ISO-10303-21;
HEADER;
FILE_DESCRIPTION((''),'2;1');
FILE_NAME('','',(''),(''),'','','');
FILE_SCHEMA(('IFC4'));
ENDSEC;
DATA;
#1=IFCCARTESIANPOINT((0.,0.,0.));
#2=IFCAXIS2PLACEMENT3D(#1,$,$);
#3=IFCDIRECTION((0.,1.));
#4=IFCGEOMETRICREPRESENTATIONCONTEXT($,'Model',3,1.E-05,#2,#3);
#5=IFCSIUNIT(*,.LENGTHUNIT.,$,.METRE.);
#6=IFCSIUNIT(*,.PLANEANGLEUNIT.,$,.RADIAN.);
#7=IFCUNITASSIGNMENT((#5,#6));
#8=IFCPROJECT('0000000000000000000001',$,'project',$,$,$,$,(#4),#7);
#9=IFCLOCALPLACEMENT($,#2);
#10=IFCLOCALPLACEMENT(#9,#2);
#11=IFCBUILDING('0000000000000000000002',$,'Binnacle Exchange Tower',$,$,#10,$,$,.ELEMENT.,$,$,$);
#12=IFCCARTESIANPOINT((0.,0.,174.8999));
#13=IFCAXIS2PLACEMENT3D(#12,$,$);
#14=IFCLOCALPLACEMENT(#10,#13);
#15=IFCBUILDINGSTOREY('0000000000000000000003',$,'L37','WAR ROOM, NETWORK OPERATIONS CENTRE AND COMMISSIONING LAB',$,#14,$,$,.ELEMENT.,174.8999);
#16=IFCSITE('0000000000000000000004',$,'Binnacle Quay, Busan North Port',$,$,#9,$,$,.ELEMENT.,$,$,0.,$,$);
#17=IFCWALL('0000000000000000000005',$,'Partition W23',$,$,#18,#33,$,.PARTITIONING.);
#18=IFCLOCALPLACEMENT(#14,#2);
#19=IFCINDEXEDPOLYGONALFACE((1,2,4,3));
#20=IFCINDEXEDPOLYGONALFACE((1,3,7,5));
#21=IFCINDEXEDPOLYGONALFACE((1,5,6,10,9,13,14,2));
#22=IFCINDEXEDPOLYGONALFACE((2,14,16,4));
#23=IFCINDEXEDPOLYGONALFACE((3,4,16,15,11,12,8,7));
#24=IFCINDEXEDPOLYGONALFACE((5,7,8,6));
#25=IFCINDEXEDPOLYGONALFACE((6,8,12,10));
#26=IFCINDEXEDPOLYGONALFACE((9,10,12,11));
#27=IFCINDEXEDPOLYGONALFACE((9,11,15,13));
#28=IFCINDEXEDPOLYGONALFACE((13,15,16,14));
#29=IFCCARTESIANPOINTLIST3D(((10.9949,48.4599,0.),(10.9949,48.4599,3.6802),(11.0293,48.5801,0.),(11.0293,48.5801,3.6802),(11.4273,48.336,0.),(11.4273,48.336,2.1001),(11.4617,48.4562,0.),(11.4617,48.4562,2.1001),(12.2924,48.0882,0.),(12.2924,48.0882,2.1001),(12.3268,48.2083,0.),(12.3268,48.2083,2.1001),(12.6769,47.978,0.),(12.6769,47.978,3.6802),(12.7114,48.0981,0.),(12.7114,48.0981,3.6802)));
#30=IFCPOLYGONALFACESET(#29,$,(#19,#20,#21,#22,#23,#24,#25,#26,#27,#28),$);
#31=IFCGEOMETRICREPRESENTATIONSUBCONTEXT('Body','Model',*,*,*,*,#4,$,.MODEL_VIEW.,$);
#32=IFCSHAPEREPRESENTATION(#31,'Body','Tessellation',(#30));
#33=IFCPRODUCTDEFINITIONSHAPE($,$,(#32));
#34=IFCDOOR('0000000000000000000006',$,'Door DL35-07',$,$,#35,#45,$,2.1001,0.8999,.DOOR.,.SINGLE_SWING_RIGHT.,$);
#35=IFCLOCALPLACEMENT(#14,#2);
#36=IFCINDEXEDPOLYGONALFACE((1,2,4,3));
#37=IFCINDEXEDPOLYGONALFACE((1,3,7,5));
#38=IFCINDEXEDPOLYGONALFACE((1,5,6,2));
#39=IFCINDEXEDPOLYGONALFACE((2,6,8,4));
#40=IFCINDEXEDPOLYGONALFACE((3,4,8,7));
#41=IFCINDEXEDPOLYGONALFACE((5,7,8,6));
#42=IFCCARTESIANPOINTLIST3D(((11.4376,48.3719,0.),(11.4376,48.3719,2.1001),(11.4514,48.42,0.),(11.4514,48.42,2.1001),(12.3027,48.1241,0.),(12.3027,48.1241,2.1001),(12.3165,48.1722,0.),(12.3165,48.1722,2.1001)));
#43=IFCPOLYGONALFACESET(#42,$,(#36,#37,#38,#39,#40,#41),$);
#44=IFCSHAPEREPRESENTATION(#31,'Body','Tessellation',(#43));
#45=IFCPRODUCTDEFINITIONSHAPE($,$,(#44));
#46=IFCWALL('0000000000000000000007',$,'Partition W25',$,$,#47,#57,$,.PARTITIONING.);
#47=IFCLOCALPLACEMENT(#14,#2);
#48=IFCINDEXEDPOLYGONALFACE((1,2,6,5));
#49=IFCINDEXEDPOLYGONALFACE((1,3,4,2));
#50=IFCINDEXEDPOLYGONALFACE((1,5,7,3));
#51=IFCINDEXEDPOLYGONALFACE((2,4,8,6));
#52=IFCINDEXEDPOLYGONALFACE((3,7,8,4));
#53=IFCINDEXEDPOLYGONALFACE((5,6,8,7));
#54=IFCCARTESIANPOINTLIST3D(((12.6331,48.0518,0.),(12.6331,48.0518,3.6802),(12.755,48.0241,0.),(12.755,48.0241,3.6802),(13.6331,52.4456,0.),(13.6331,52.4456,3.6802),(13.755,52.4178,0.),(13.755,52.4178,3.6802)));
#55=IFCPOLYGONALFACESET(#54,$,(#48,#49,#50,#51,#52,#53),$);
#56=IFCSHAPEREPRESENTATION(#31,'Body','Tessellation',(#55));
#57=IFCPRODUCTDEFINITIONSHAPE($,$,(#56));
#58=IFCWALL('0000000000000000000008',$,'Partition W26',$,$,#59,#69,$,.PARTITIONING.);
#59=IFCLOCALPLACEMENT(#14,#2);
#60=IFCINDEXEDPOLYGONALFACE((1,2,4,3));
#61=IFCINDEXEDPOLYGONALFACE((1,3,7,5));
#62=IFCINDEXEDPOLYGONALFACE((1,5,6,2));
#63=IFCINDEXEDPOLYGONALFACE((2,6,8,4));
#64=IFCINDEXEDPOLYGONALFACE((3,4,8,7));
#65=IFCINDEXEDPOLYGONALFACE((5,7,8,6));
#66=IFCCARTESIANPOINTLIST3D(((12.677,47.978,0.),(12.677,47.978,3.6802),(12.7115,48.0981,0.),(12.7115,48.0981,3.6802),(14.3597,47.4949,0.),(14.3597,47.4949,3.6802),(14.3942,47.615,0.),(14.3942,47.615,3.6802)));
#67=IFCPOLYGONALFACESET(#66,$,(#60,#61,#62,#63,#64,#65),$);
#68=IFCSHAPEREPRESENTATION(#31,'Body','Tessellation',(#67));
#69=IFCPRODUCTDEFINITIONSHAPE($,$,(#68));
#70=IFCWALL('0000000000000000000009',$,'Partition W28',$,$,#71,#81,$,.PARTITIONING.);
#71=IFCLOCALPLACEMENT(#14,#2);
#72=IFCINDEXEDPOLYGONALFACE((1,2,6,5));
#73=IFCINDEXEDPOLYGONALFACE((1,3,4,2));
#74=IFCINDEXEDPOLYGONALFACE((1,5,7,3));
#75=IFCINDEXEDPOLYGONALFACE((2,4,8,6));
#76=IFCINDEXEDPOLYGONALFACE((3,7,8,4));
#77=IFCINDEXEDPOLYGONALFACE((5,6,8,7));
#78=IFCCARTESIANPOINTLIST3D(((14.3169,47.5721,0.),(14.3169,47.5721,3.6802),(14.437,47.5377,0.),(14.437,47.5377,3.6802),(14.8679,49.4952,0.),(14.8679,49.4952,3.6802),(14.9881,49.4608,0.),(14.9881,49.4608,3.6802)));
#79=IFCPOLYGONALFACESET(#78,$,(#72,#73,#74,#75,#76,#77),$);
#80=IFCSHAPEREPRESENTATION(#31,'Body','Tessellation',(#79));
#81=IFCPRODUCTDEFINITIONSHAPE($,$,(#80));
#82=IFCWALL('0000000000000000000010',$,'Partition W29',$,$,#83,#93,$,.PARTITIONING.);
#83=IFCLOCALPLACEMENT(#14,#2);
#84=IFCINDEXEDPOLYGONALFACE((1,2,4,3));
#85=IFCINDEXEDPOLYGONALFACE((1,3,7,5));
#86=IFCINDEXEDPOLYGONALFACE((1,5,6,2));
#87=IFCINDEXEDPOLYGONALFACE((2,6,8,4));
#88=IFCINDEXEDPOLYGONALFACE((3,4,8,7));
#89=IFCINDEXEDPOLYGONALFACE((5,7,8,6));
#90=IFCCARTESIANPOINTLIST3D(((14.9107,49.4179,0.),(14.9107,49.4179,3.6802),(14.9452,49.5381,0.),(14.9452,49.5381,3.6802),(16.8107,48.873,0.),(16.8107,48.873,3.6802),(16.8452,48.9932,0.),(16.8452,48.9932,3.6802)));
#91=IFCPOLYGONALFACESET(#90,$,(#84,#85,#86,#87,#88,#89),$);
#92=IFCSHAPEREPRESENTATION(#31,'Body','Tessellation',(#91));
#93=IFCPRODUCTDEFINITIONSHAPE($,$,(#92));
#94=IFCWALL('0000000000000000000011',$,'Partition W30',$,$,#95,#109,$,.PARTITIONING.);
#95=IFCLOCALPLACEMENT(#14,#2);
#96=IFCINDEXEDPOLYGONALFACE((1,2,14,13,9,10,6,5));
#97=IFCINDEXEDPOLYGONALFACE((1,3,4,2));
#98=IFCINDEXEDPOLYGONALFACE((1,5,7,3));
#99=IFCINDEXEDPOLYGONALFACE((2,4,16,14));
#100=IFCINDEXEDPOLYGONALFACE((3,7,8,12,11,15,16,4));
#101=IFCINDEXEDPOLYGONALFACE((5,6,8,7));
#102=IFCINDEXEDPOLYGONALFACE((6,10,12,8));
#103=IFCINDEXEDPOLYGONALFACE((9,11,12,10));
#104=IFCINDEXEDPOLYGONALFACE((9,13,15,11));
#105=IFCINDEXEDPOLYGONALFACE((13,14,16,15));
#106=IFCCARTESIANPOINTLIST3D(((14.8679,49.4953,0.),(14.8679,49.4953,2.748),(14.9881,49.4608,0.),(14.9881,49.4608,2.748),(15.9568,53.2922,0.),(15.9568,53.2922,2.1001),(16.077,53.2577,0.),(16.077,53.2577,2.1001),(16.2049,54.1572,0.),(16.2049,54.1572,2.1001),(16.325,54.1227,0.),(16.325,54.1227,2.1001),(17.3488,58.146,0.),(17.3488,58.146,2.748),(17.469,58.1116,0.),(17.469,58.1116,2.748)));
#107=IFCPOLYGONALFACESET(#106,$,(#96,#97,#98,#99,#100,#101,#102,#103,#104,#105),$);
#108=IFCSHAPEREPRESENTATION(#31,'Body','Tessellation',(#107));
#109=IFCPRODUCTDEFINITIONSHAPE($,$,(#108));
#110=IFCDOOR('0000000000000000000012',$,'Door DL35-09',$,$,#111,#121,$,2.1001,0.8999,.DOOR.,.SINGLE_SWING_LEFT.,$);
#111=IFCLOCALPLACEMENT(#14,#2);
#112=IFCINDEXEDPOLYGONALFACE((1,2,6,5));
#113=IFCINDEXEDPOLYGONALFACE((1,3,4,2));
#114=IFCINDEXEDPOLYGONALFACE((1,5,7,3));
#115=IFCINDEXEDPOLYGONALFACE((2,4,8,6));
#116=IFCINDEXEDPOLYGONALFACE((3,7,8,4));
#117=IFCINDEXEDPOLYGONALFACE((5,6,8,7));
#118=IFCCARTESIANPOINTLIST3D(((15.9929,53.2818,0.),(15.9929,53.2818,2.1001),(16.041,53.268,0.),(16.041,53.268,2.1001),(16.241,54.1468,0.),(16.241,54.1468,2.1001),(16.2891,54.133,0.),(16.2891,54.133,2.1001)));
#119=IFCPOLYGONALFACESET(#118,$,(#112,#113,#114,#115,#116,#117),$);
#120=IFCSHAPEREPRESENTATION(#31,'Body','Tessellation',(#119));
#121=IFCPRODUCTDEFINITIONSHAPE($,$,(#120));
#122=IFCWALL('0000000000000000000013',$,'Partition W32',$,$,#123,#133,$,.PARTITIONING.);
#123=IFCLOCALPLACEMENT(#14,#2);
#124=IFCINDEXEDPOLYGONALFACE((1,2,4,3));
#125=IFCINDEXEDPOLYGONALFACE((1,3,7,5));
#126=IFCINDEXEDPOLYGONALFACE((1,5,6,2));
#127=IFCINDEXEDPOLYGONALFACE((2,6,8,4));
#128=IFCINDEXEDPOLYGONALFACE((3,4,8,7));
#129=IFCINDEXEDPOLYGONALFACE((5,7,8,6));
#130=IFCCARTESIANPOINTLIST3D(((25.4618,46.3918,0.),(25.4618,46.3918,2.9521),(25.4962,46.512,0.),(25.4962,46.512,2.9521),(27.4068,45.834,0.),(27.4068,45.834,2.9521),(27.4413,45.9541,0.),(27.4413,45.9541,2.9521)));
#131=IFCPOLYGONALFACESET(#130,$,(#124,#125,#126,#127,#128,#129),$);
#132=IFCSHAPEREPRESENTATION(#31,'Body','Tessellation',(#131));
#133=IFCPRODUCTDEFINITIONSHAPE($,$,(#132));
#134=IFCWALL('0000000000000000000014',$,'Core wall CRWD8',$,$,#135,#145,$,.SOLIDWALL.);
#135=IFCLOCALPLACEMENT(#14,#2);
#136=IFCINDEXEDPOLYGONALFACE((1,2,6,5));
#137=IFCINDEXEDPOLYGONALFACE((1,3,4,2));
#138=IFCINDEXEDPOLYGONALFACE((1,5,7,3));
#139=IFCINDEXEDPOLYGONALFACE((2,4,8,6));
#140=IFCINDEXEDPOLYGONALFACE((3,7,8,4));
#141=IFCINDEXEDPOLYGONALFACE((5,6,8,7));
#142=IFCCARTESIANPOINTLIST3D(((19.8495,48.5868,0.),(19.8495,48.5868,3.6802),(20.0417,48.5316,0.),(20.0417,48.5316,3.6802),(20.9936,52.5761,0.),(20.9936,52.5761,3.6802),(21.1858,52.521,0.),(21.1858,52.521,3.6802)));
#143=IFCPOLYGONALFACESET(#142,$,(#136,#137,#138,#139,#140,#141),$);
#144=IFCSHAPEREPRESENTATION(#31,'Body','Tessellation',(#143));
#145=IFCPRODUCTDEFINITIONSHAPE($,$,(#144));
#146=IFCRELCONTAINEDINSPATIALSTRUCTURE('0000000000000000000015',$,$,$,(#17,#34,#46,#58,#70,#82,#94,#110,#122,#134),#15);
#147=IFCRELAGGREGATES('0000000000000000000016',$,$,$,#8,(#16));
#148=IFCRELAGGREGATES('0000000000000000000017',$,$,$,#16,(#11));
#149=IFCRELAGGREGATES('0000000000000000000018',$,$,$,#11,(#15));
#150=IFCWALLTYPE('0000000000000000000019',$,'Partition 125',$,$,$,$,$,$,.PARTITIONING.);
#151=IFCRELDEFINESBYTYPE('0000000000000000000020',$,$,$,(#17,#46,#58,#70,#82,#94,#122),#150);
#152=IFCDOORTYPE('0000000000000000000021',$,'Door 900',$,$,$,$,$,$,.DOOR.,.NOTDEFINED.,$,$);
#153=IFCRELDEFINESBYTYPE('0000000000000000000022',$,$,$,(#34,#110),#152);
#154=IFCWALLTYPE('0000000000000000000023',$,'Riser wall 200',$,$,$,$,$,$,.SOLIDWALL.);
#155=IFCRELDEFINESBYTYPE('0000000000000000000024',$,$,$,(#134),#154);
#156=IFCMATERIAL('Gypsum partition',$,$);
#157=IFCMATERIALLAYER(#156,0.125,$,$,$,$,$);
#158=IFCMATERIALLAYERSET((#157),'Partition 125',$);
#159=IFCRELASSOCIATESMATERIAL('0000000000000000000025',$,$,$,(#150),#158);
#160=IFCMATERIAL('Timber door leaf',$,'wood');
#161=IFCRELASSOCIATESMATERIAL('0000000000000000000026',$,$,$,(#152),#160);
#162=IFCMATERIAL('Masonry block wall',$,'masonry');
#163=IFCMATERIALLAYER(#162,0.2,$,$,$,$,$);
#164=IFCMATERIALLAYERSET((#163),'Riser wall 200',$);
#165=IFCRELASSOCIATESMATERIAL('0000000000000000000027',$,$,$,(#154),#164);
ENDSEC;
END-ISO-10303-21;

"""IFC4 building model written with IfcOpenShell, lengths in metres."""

from ifc_helpers import new_model, si_unit, direction, frame, frame_2d, origin, place, context, subcontext, project, spatial, rectangle, extrude, material, layer, layer_set, type_object, element, fill, save


model = new_model("IFC4")

# Units and contexts
model_context = context("Model", 3, precision=1e-05, world=origin(), true_north=direction((0.0, 1.0)))
body_context = subcontext(model_context, "Body", "Model", "MODEL_VIEW")
ifc_project = project(units=[si_unit("LENGTHUNIT", "METRE"), si_unit("PLANEANGLEUNIT", "RADIAN")], contexts=[model_context])

# Site, building, storey
site_placement = place(None, origin())
site = spatial("IfcSite", under=ifc_project, at=site_placement, Name="Binnacle Quay, Busan North Port", CompositionType="ELEMENT", RefElevation=0.0)
building_placement = place(site_placement, origin())
building = spatial("IfcBuilding", under=site, at=building_placement, Name="Binnacle Exchange Tower", CompositionType="ELEMENT")
storey_placement = place(building_placement, frame((0.0, 0.0, 174.8999)))
storey = spatial("IfcBuildingStorey", under=building, at=storey_placement, Name="L37", Description="WAR ROOM, NETWORK OPERATIONS CENTRE AND COMMISSIONING LAB", CompositionType="ELEMENT", Elevation=174.8999)

# Shared definitions
ifc_material_1 = material(Name="Gypsum partition")
ifc_layer_1 = layer(ifc_material_1, 0.125)
ifc_layer_set_1 = layer_set([ifc_layer_1], Name="Partition 125")
wall_type_1 = type_object("IfcWallType", Name="Partition 125", PredefinedType="PARTITIONING", material=ifc_layer_set_1)

# Wall, opening, door
wall_1_placement = place(storey_placement, frame((11.012, 48.52, 0.0), z_axis=(0.0, 0.0, 1.0), x_axis=(0.961324, -0.275421, 0.0)))
wall_1 = element("IfcWall", 1, at=wall_1_placement, inside=storey, type_object=wall_type_1, Name="Partition W23", PredefinedType="PARTITIONING", context=body_context, shape_type="SweptSolid", body=[
    extrude(rectangle(XDim=1.7498, YDim=0.125, at=frame_2d((0.875, 0.0))), origin(), (0.0, 0.0, 1.0), 3.6802),
])
opening_1_placement = place(wall_1_placement, frame((0.45, 0.0, 0.0)))
opening_1 = element("IfcOpeningElement", 2, at=opening_1_placement, cuts=wall_1, PredefinedType="OPENING", context=body_context, shape_type="SweptSolid", body=[
    extrude(rectangle(XDim=0.8999, YDim=2.1001, at=frame_2d((0.45, 1.05))), frame((0.0, 0.0725, 0.0), z_axis=(0.0, -1.0, 0.0), x_axis=(1.0, 0.0, 0.0)), (0.0, 0.0, 1.0), 0.145),
])
ifc_material_2 = material(Name="Timber door leaf", Category="wood")
door_type_1 = type_object("IfcDoorType", Name="Door 900", OperationType="NOTDEFINED", PredefinedType="DOOR", material=ifc_material_2)
door_1_placement = place(opening_1_placement, origin())
door_1 = element("IfcDoor", 3, at=door_1_placement, inside=storey, type_object=door_type_1, Name="Door DL35-07", OperationType="SINGLE_SWING_RIGHT", OverallHeight=2.1001, OverallWidth=0.8999, PredefinedType="DOOR", context=body_context, shape_type="SweptSolid", body=[
    extrude(rectangle(XDim=0.8999, YDim=2.1001, at=frame_2d((0.45, 1.05))), frame((0.0, 0.0249, 0.0), z_axis=(0.0, -1.0, 0.0), x_axis=(1.0, 0.0, 0.0)), (0.0, 0.0, 1.0), 0.05),
])
fill(opening_1, door_1)

# Walls
wall_2_placement = place(storey_placement, frame((12.6941, 48.0381, 0.0), z_axis=(0.0, 0.0, 1.0), x_axis=(0.221918, 0.975065, 0.0)))
element("IfcWall", 4, at=wall_2_placement, inside=storey, type_object=wall_type_1, Name="Partition W25", PredefinedType="PARTITIONING", context=body_context, shape_type="SweptSolid", body=[
    extrude(rectangle(XDim=4.5061, YDim=0.125, at=frame_2d((2.2529, 0.0))), origin(), (0.0, 0.0, 1.0), 3.6802),
])
wall_3_placement = place(storey_placement, frame((12.6941, 48.0381, 0.0), z_axis=(0.0, 0.0, 1.0), x_axis=(0.961171, -0.275955, 0.0)))
element("IfcWall", 5, at=wall_3_placement, inside=storey, type_object=wall_type_1, Name="Partition W26", PredefinedType="PARTITIONING", context=body_context, shape_type="SweptSolid", body=[
    extrude(rectangle(XDim=1.7507, YDim=0.125, at=frame_2d((0.8755, 0.0))), origin(), (0.0, 0.0, 1.0), 3.6802),
])
wall_4_placement = place(storey_placement, frame((14.377, 47.5549, 0.0), z_axis=(0.0, 0.0, 1.0), x_axis=(0.275446, 0.961316, 0.0)))
element("IfcWall", 6, at=wall_4_placement, inside=storey, type_object=wall_type_1, Name="Partition W28", PredefinedType="PARTITIONING", context=body_context, shape_type="SweptSolid", body=[
    extrude(rectangle(XDim=2.0005, YDim=0.125, at=frame_2d((1.0002, 0.0))), origin(), (0.0, 0.0, 1.0), 3.6802),
])
wall_5_placement = place(storey_placement, frame((14.928, 49.478, 0.0), z_axis=(0.0, 0.0, 1.0), x_axis=(0.961244, -0.2757, 0.0)))
element("IfcWall", 7, at=wall_5_placement, inside=storey, type_object=wall_type_1, Name="Partition W29", PredefinedType="PARTITIONING", context=body_context, shape_type="SweptSolid", body=[
    extrude(rectangle(XDim=1.9766, YDim=0.125, at=frame_2d((0.9883, 0.0))), origin(), (0.0, 0.0, 1.0), 3.6802),
])

# Wall, opening, door
wall_6_placement = place(storey_placement, frame((14.928, 49.478, 0.0), z_axis=(0.0, 0.0, 1.0), x_axis=(0.275674, 0.961251, 0.0)))
wall_6 = element("IfcWall", 8, at=wall_6_placement, inside=storey, type_object=wall_type_1, Name="Partition W30", PredefinedType="PARTITIONING", context=body_context, shape_type="SweptSolid", body=[
    extrude(rectangle(XDim=8.9995, YDim=0.125, at=frame_2d((4.4998, 0.0))), origin(), (0.0, 0.0, 1.0), 2.748),
])
opening_2_placement = place(wall_6_placement, frame((3.95, 0.0, 0.0)))
opening_2 = element("IfcOpeningElement", 9, at=opening_2_placement, cuts=wall_6, PredefinedType="OPENING", context=body_context, shape_type="SweptSolid", body=[
    extrude(rectangle(XDim=0.8999, YDim=2.1001, at=frame_2d((0.45, 1.05))), frame((0.0, 0.0725, 0.0), z_axis=(0.0, -1.0, 0.0), x_axis=(1.0, 0.0, 0.0)), (0.0, 0.0, 1.0), 0.145),
])
door_2_placement = place(opening_2_placement, origin())
door_2 = element("IfcDoor", 10, at=door_2_placement, inside=storey, type_object=door_type_1, Name="Door DL35-09", OperationType="SINGLE_SWING_LEFT", OverallHeight=2.1001, OverallWidth=0.8999, PredefinedType="DOOR", context=body_context, shape_type="SweptSolid", body=[
    extrude(rectangle(XDim=0.8999, YDim=2.1001, at=frame_2d((0.45, 1.05))), frame((0.0, 0.0249, 0.0), z_axis=(0.0, -1.0, 0.0), x_axis=(1.0, 0.0, 0.0)), (0.0, 0.0, 1.0), 0.05),
])
fill(opening_2, door_2)

# Walls
wall_7_placement = place(storey_placement, frame((25.479, 46.4519, 0.0), z_axis=(0.0, 0.0, 1.0), x_axis=(0.961246, -0.275693, 0.0)))
element("IfcWall", 11, at=wall_7_placement, inside=storey, type_object=wall_type_1, Name="Partition W32", PredefinedType="PARTITIONING", context=body_context, shape_type="SweptSolid", body=[
    extrude(rectangle(XDim=2.0234, YDim=0.125, at=frame_2d((1.0117, 0.0))), origin(), (0.0, 0.0, 1.0), 2.9521),
])
ifc_material_3 = material(Name="Masonry block wall", Category="masonry")
ifc_layer_2 = layer(ifc_material_3, 0.2)
ifc_layer_set_2 = layer_set([ifc_layer_2], Name="Riser wall 200")
wall_type_2 = type_object("IfcWallType", Name="Riser wall 200", PredefinedType="SOLIDWALL", material=ifc_layer_set_2)
wall_8_placement = place(storey_placement, frame((19.9456, 48.5591, 0.0), z_axis=(0.0, 0.0, 1.0), x_axis=(0.275669, 0.961253, 0.0)))
element("IfcWall", 12, at=wall_8_placement, inside=storey, type_object=wall_type_2, Name="Core wall CRWD8", PredefinedType="SOLIDWALL", context=body_context, shape_type="SweptSolid", body=[
    extrude(rectangle(XDim=4.1501, YDim=0.2, at=frame_2d((2.0752, 0.0))), origin(), (0.0, 0.0, 1.0), 3.6802),
])

save(model, "model.ifc")
